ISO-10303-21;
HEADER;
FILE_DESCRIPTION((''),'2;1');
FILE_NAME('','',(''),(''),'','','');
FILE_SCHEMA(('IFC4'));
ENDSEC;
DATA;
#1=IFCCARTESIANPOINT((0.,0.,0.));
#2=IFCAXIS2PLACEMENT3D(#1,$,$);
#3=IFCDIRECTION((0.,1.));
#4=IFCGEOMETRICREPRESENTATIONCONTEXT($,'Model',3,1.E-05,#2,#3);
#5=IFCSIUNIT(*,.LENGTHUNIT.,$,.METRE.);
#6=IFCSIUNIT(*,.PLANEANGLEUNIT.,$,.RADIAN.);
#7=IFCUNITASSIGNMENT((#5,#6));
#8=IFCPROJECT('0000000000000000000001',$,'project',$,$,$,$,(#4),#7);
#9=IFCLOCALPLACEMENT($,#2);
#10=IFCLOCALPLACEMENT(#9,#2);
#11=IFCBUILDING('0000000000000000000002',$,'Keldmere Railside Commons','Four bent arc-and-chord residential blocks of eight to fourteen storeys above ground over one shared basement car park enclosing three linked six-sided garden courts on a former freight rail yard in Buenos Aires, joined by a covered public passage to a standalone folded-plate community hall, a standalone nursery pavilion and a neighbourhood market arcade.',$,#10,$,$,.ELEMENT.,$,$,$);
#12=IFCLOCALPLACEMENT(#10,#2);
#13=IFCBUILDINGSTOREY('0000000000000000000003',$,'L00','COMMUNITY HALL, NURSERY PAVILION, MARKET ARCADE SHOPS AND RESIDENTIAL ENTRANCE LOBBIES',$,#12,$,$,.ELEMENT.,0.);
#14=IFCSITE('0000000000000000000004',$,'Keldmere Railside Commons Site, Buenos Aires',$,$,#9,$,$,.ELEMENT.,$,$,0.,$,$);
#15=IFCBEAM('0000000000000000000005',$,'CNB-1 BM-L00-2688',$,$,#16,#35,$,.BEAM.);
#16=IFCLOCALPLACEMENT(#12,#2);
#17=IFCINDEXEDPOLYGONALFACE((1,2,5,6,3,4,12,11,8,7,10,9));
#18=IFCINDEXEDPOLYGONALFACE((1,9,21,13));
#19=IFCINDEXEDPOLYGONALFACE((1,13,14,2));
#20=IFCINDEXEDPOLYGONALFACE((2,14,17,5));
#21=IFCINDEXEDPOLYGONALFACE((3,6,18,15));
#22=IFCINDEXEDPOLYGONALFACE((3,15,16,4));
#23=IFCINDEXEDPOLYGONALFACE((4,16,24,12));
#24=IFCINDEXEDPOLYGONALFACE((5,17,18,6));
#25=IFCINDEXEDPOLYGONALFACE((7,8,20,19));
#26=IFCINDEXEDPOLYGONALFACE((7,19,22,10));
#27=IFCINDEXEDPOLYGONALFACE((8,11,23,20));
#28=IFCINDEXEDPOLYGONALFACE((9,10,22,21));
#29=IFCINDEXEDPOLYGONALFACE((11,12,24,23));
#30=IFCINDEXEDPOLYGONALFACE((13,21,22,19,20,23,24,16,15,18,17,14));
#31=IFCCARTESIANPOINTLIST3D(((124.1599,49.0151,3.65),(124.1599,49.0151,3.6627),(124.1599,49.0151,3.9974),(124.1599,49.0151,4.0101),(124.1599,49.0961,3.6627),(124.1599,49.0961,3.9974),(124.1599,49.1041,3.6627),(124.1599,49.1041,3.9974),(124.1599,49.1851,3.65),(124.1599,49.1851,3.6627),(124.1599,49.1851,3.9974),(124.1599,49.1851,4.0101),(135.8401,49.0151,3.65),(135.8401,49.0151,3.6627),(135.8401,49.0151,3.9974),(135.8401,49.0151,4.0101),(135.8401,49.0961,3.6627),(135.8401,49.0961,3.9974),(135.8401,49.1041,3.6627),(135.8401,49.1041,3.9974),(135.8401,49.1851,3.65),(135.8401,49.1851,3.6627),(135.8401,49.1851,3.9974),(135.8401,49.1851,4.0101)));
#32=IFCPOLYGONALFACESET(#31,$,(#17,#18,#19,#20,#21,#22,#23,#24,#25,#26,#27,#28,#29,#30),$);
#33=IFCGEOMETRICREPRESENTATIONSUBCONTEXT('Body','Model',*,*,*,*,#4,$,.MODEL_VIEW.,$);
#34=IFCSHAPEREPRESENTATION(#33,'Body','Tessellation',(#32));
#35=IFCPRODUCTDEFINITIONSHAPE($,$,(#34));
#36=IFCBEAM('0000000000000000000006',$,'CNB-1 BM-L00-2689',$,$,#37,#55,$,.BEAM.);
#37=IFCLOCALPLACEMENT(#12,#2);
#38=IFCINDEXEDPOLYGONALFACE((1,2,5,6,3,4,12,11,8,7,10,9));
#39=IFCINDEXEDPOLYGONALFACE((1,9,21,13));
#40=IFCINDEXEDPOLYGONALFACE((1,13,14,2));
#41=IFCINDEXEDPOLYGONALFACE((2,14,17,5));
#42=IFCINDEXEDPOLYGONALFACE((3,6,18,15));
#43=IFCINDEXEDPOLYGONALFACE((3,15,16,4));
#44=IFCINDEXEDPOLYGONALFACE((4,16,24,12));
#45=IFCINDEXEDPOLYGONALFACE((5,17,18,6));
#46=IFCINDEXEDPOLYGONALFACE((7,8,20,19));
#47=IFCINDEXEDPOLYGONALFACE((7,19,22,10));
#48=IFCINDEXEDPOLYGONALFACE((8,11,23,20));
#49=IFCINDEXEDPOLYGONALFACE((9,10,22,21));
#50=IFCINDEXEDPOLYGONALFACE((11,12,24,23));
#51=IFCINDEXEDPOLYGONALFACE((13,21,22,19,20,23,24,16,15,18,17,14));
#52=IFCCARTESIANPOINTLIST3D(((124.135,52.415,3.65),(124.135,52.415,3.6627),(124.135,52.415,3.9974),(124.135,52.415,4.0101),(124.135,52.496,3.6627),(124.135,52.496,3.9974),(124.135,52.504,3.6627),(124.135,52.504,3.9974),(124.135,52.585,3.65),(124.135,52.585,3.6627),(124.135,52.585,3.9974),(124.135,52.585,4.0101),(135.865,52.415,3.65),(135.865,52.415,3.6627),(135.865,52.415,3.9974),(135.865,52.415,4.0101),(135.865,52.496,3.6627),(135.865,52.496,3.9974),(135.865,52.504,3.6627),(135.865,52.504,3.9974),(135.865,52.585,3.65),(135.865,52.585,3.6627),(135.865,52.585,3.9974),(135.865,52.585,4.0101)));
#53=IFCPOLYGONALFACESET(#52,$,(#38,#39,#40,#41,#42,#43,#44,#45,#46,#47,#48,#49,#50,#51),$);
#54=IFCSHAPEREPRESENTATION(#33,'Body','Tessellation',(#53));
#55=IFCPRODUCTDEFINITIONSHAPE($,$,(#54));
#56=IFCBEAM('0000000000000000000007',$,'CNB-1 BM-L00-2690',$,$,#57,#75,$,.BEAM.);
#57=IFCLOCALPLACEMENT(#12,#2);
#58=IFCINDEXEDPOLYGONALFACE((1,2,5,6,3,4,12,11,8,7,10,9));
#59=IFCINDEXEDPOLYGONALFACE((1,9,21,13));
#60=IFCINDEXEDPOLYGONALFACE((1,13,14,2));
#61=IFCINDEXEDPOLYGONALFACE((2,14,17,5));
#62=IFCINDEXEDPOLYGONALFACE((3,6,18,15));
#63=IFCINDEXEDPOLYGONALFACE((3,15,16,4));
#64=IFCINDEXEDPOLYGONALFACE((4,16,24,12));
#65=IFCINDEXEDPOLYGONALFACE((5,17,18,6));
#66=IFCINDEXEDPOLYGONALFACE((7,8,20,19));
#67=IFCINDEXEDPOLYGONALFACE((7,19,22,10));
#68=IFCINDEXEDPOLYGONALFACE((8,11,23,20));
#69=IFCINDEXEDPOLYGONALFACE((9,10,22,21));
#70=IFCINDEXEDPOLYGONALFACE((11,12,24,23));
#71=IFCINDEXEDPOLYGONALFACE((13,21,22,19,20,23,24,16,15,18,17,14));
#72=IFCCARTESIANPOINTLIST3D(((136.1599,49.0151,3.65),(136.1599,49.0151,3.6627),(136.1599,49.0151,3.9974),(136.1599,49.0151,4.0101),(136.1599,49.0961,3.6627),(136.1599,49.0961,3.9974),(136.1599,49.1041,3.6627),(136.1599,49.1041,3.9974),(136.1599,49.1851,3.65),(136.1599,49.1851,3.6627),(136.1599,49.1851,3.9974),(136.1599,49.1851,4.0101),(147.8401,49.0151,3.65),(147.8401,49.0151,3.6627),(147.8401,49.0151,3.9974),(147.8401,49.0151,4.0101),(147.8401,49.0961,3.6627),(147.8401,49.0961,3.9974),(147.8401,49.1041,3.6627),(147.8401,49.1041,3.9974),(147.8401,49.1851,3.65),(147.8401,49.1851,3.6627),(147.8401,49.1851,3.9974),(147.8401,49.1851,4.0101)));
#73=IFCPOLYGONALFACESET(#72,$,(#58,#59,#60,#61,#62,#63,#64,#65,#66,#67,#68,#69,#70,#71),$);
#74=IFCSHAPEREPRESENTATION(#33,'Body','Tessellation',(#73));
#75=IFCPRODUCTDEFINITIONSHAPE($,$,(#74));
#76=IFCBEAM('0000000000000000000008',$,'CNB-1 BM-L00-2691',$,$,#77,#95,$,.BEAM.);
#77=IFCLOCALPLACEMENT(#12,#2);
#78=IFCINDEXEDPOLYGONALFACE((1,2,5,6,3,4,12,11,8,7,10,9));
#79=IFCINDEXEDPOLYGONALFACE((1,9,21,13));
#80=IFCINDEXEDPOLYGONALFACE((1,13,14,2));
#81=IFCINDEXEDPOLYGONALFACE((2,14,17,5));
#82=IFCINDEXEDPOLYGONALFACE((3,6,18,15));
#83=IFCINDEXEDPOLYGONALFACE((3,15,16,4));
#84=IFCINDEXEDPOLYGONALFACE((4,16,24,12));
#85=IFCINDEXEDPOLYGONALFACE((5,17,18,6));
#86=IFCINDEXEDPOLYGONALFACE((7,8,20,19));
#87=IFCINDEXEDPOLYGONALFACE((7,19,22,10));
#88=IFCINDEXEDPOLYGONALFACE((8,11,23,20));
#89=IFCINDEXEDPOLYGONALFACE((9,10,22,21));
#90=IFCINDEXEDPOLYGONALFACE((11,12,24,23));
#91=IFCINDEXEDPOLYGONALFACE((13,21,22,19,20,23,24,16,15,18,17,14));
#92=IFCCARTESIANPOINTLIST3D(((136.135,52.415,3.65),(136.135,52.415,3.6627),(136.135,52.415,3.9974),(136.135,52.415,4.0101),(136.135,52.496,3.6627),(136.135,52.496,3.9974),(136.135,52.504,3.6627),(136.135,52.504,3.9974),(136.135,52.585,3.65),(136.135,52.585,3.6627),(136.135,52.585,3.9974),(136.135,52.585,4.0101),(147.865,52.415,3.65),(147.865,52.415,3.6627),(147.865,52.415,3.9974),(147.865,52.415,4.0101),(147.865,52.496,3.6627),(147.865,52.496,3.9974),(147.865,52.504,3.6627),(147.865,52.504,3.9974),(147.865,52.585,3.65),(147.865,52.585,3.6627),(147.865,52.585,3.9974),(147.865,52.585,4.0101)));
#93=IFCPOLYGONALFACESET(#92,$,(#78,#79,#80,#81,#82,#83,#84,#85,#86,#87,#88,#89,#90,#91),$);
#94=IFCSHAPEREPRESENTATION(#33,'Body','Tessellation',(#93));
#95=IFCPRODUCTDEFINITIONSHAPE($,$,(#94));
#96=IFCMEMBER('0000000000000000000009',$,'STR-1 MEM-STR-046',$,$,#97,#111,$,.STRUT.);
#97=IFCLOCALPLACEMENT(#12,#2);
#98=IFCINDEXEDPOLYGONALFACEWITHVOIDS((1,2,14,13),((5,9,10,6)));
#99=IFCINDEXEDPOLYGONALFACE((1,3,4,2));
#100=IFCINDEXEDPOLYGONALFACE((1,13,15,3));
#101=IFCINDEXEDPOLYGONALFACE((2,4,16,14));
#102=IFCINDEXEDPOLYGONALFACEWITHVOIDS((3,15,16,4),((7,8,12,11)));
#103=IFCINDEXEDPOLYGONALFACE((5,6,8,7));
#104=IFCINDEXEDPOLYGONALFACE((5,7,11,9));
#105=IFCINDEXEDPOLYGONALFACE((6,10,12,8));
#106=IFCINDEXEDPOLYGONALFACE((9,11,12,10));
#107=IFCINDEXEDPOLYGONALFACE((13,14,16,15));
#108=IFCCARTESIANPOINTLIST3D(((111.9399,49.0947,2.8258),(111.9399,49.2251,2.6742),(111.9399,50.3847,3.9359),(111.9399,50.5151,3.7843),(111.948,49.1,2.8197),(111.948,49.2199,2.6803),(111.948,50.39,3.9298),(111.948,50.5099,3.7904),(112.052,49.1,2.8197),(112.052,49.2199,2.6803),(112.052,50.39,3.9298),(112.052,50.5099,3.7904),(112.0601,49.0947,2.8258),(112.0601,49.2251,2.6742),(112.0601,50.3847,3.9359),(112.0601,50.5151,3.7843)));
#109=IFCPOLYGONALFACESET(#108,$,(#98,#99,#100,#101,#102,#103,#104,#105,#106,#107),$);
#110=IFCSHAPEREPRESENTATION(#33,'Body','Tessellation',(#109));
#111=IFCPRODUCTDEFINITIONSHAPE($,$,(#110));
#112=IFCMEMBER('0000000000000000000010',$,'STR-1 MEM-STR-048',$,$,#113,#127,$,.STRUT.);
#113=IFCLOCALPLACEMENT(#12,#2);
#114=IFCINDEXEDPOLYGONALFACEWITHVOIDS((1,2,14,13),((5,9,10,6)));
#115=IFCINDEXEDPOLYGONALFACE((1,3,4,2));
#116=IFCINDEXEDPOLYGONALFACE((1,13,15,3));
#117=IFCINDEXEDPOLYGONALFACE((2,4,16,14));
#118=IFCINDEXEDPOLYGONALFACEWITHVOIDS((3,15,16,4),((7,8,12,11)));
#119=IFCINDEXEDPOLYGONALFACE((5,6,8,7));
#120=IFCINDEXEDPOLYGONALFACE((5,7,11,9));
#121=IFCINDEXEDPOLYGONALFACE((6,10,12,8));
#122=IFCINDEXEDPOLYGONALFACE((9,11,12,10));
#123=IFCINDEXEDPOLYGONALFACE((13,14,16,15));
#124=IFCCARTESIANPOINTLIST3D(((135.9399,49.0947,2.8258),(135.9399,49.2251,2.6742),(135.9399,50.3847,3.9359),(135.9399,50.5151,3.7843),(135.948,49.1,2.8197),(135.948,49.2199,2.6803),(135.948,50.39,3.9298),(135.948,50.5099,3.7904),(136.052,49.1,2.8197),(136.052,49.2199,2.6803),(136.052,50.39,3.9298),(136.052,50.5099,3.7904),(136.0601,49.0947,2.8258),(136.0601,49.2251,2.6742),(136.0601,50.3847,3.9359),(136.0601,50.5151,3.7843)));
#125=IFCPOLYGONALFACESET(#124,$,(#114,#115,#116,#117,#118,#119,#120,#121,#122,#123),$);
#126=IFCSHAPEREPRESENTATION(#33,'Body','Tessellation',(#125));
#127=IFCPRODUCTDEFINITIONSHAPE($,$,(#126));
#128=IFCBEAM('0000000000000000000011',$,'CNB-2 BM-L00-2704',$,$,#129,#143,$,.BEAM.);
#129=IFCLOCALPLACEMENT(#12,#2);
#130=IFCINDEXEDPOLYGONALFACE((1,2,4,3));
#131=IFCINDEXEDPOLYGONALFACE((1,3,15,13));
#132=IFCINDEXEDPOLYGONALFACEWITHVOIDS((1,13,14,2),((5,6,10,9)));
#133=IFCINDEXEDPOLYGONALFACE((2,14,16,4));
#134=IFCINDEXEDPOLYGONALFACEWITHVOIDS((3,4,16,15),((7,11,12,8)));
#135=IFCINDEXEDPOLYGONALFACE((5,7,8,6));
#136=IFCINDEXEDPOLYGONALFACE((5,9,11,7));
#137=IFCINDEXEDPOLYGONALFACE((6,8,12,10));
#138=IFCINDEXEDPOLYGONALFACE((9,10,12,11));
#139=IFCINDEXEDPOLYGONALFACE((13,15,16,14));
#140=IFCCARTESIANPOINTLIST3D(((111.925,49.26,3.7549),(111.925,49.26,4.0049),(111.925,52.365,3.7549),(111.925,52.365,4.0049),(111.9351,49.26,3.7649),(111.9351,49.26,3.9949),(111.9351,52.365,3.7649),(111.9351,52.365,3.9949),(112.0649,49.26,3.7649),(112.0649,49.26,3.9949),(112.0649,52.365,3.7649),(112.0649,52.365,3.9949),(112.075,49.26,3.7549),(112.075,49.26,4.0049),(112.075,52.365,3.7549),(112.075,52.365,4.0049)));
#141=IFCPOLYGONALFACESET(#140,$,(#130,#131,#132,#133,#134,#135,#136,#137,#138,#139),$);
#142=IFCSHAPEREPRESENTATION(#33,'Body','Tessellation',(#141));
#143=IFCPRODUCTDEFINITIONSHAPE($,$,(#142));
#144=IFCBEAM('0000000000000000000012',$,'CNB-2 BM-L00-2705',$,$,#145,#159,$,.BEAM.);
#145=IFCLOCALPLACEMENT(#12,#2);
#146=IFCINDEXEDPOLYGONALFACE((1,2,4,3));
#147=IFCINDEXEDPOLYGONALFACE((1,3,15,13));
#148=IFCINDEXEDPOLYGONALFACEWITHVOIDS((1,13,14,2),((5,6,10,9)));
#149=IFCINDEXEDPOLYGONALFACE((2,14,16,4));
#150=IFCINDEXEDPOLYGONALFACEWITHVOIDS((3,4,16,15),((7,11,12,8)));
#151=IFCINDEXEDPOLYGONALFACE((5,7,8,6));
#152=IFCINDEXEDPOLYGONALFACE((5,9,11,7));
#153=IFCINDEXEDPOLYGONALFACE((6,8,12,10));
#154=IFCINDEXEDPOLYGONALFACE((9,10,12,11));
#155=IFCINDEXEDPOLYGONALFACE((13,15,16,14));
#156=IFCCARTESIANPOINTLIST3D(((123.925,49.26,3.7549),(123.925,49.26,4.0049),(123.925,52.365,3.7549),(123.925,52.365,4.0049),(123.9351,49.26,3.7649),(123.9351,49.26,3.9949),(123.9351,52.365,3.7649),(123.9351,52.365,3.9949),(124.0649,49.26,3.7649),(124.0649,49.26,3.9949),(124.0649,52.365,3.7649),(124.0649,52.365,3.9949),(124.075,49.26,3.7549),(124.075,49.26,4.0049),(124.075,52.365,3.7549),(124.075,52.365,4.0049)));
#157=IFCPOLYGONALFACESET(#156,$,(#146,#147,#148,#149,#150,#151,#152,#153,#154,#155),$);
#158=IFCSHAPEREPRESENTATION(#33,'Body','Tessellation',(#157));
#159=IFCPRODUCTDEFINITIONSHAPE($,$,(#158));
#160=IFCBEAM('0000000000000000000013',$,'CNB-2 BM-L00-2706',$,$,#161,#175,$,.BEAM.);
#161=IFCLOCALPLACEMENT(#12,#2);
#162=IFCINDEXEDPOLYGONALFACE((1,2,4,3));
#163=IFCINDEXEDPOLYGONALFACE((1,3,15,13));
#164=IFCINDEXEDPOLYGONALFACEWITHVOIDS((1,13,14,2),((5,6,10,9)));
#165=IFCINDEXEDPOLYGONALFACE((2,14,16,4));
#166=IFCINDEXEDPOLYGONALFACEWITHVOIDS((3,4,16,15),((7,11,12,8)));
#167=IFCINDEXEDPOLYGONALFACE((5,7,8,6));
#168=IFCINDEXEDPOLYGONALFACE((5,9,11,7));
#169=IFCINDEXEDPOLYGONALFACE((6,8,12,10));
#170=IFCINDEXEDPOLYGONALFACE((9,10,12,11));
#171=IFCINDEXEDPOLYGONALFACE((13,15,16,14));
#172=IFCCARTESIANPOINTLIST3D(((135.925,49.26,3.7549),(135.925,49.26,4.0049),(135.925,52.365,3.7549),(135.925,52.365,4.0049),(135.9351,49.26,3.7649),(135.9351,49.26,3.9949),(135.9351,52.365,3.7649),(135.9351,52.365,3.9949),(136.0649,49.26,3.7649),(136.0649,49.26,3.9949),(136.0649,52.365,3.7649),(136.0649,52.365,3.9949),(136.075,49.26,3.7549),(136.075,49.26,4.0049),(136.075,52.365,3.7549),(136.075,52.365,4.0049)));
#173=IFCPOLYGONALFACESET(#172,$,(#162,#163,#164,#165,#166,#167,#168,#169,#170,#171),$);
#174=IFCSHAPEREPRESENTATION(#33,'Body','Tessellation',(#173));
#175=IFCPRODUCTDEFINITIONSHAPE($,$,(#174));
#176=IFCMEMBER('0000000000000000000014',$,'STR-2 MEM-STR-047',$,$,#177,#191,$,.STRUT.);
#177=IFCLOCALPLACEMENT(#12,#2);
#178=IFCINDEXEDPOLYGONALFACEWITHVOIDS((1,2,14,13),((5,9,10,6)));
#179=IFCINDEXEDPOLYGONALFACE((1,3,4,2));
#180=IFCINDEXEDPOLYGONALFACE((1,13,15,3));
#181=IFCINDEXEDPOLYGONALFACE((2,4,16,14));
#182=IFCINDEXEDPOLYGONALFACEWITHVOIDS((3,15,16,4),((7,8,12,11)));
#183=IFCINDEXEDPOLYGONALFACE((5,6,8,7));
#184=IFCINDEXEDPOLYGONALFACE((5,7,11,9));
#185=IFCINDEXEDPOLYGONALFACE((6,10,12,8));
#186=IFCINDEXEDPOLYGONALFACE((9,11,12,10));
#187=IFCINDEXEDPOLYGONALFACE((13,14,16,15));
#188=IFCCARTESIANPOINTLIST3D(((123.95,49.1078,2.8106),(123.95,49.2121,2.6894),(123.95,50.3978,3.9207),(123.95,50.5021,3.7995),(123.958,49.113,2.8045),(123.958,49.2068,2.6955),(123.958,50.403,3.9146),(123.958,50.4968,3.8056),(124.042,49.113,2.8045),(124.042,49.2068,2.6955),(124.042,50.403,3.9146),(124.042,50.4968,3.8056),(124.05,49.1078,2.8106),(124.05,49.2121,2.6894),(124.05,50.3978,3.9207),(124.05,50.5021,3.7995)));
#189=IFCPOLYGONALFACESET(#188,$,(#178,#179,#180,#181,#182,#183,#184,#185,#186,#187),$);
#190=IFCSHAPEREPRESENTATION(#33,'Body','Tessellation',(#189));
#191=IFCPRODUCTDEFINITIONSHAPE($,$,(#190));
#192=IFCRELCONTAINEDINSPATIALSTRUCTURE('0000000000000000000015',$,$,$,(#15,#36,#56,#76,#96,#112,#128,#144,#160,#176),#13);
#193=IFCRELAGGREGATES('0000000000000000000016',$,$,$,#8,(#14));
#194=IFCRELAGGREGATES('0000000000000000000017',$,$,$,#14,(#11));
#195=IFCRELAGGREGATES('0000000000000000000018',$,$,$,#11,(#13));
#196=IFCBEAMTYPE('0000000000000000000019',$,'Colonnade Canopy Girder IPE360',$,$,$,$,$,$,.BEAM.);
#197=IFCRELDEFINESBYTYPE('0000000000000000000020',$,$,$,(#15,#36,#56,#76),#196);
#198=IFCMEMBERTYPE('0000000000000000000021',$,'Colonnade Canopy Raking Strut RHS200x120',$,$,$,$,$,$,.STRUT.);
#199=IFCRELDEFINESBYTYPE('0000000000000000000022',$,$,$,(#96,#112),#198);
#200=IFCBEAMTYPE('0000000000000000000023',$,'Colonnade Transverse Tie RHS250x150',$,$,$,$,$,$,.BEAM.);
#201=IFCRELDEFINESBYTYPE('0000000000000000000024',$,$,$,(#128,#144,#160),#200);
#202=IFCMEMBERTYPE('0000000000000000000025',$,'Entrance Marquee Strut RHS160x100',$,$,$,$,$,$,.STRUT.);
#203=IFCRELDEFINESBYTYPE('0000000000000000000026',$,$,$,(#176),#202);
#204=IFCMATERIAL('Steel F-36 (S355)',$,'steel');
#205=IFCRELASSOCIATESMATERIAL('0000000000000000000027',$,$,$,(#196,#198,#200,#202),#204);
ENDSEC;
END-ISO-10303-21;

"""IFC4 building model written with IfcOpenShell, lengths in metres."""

from ifc_helpers import new_model, si_unit, direction, frame, origin, origin_2d, place, context, subcontext, project, spatial, hollow_rectangle, i_section, extrude, material, material_profile, profile_set, type_object, element, save


model = new_model("IFC4")

# Units and contexts
model_context = context("Model", 3, precision=1e-05, world=origin(), true_north=direction((0.0, 1.0)))
body_context = subcontext(model_context, "Body", "Model", "MODEL_VIEW")
ifc_project = project(units=[si_unit("LENGTHUNIT", "METRE"), si_unit("PLANEANGLEUNIT", "RADIAN")], contexts=[model_context])

# Site, building, storey
site_placement = place(None, origin())
site = spatial("IfcSite", under=ifc_project, at=site_placement, Name="Keldmere Railside Commons Site, Buenos Aires", CompositionType="ELEMENT", RefElevation=0.0)
building_placement = place(site_placement, origin())
building = spatial("IfcBuilding", under=site, at=building_placement, Name="Keldmere Railside Commons", Description="Four bent arc-and-chord residential blocks of eight to fourteen storeys above ground over one shared basement car park enclosing three linked six-sided garden courts on a former freight rail yard in Buenos Aires, joined by a covered public passage to a standalone folded-plate community hall, a standalone nursery pavilion and a neighbourhood market arcade.", CompositionType="ELEMENT")
storey_placement = place(building_placement, origin())
storey = spatial("IfcBuildingStorey", under=building, at=storey_placement, Name="L00", Description="COMMUNITY HALL, NURSERY PAVILION, MARKET ARCADE SHOPS AND RESIDENTIAL ENTRANCE LOBBIES", CompositionType="ELEMENT", Elevation=0.0)

# Shared definitions
ifc_material = material(Name="Steel F-36 (S355)", Category="steel")

# Beams
ifc_material_profile_1 = material_profile(ifc_material, i_section(OverallWidth=0.1699, OverallDepth=0.3601, WebThickness=0.0081, FlangeThickness=0.0127, at=origin_2d()), Name="IPE-360")
ifc_profile_set_1 = profile_set([ifc_material_profile_1], Name="Steel F-36 (S355)")
beam_type_1 = type_object("IfcBeamType", Name="Colonnade Canopy Girder IPE360", PredefinedType="BEAM", material=ifc_profile_set_1)
beam_1_placement = place(storey_placement, frame((124.1599, 49.1001, 3.8301), z_axis=(1.0, 0.0, 0.0), x_axis=(0.0, 1.0, 0.0)))
element("IfcBeam", 1, at=beam_1_placement, inside=storey, type_object=beam_type_1, Name="CNB-1 BM-L00-2688", PredefinedType="BEAM", context=body_context, shape_type="SweptSolid", body=[
    extrude(i_section(OverallWidth=0.1699, OverallDepth=0.3601, WebThickness=0.0081, FlangeThickness=0.0127, at=origin_2d()), origin(), (0.0, 0.0, 1.0), 11.6802),
])
beam_2_placement = place(storey_placement, frame((124.135, 52.5, 3.8301), z_axis=(1.0, 0.0, 0.0), x_axis=(0.0, 1.0, 0.0)))
element("IfcBeam", 2, at=beam_2_placement, inside=storey, type_object=beam_type_1, Name="CNB-1 BM-L00-2689", PredefinedType="BEAM", context=body_context, shape_type="SweptSolid", body=[
    extrude(i_section(OverallWidth=0.1699, OverallDepth=0.3601, WebThickness=0.0081, FlangeThickness=0.0127, at=origin_2d()), origin(), (0.0, 0.0, 1.0), 11.73),
])
beam_3_placement = place(storey_placement, frame((136.1599, 49.1001, 3.8301), z_axis=(1.0, 0.0, 0.0), x_axis=(0.0, 1.0, 0.0)))
element("IfcBeam", 3, at=beam_3_placement, inside=storey, type_object=beam_type_1, Name="CNB-1 BM-L00-2690", PredefinedType="BEAM", context=body_context, shape_type="SweptSolid", body=[
    extrude(i_section(OverallWidth=0.1699, OverallDepth=0.3601, WebThickness=0.0081, FlangeThickness=0.0127, at=origin_2d()), origin(), (0.0, 0.0, 1.0), 11.6802),
])
beam_4_placement = place(storey_placement, frame((136.135, 52.5, 3.8301), z_axis=(1.0, 0.0, 0.0), x_axis=(0.0, 1.0, 0.0)))
element("IfcBeam", 4, at=beam_4_placement, inside=storey, type_object=beam_type_1, Name="CNB-1 BM-L00-2691", PredefinedType="BEAM", context=body_context, shape_type="SweptSolid", body=[
    extrude(i_section(OverallWidth=0.1699, OverallDepth=0.3601, WebThickness=0.0081, FlangeThickness=0.0127, at=origin_2d()), origin(), (0.0, 0.0, 1.0), 11.73),
])

# Members
ifc_material_profile_2 = material_profile(ifc_material, hollow_rectangle(XDim=0.1201, YDim=0.2, WallThickness=0.0081, at=origin_2d()), Name="RHS-200x120x8")
ifc_profile_set_2 = profile_set([ifc_material_profile_2], Name="Steel F-36 (S355)")
member_type_1 = type_object("IfcMemberType", Name="Colonnade Canopy Raking Strut RHS200x120", PredefinedType="STRUT", material=ifc_profile_set_2)
for number, where, z_axis, x_axis, name in (
    (5, (112.0, 49.1599, 2.75), (0.0, 0.757989, 0.652267), (-1.0, 0.0, 0.0), "STR-1 MEM-STR-046"),
    (6, (136.0, 49.1599, 2.75), (0.0, 0.757989, 0.652267), (-1.0, 0.0, 0.0), "STR-1 MEM-STR-048"),
):
    element("IfcMember", number, at=place(storey_placement, frame(where, z_axis=z_axis, x_axis=x_axis)), inside=storey, type_object=member_type_1, Name=name, PredefinedType="STRUT", context=body_context, shape_type="SweptSolid", body=[
        extrude(hollow_rectangle(XDim=0.1201, YDim=0.2, WallThickness=0.0081, at=origin_2d()), origin(), (0.0, 0.0, 1.0), 1.7019),
    ])

# Beams
ifc_material_profile_3 = material_profile(ifc_material, hollow_rectangle(XDim=0.1499, YDim=0.25, WallThickness=0.01, at=origin_2d()), Name="RHS-250x150x10")
ifc_profile_set_3 = profile_set([ifc_material_profile_3], Name="Steel F-36 (S355)")
beam_type_2 = type_object("IfcBeamType", Name="Colonnade Transverse Tie RHS250x150", PredefinedType="BEAM", material=ifc_profile_set_3)
for number, where, z_axis, x_axis, name in (
    (7, (112.0, 49.26, 3.8799), (0.0, 1.0, 0.0), (-1.0, 0.0, 0.0), "CNB-2 BM-L00-2704"),
    (8, (124.0, 49.26, 3.8799), (0.0, 1.0, 0.0), (-1.0, 0.0, 0.0), "CNB-2 BM-L00-2705"),
    (9, (136.0, 49.26, 3.8799), (0.0, 1.0, 0.0), (-1.0, 0.0, 0.0), "CNB-2 BM-L00-2706"),
):
    element("IfcBeam", number, at=place(storey_placement, frame(where, z_axis=z_axis, x_axis=x_axis)), inside=storey, type_object=beam_type_2, Name=name, PredefinedType="BEAM", context=body_context, shape_type="SweptSolid", body=[
        extrude(hollow_rectangle(XDim=0.1499, YDim=0.25, WallThickness=0.01, at=origin_2d()), origin(), (0.0, 0.0, 1.0), 3.105),
    ])

# Member
ifc_material_profile_4 = material_profile(ifc_material, hollow_rectangle(XDim=0.1001, YDim=0.1599, WallThickness=0.0081, at=origin_2d()), Name="RHS-160x100x8")
ifc_profile_set_4 = profile_set([ifc_material_profile_4], Name="Steel F-36 (S355)")
member_type_2 = type_object("IfcMemberType", Name="Entrance Marquee Strut RHS160x100", PredefinedType="STRUT", material=ifc_profile_set_4)
member_placement = place(storey_placement, frame((124.0, 49.1599, 2.75), z_axis=(0.0, 0.757989, 0.652267), x_axis=(-1.0, 0.0, 0.0)))
element("IfcMember", 10, at=member_placement, inside=storey, type_object=member_type_2, Name="STR-2 MEM-STR-047", PredefinedType="STRUT", context=body_context, shape_type="SweptSolid", body=[
    extrude(hollow_rectangle(XDim=0.1001, YDim=0.1599, WallThickness=0.0081, at=origin_2d()), origin(), (0.0, 0.0, 1.0), 1.7019),
])

save(model, "model.ifc")
